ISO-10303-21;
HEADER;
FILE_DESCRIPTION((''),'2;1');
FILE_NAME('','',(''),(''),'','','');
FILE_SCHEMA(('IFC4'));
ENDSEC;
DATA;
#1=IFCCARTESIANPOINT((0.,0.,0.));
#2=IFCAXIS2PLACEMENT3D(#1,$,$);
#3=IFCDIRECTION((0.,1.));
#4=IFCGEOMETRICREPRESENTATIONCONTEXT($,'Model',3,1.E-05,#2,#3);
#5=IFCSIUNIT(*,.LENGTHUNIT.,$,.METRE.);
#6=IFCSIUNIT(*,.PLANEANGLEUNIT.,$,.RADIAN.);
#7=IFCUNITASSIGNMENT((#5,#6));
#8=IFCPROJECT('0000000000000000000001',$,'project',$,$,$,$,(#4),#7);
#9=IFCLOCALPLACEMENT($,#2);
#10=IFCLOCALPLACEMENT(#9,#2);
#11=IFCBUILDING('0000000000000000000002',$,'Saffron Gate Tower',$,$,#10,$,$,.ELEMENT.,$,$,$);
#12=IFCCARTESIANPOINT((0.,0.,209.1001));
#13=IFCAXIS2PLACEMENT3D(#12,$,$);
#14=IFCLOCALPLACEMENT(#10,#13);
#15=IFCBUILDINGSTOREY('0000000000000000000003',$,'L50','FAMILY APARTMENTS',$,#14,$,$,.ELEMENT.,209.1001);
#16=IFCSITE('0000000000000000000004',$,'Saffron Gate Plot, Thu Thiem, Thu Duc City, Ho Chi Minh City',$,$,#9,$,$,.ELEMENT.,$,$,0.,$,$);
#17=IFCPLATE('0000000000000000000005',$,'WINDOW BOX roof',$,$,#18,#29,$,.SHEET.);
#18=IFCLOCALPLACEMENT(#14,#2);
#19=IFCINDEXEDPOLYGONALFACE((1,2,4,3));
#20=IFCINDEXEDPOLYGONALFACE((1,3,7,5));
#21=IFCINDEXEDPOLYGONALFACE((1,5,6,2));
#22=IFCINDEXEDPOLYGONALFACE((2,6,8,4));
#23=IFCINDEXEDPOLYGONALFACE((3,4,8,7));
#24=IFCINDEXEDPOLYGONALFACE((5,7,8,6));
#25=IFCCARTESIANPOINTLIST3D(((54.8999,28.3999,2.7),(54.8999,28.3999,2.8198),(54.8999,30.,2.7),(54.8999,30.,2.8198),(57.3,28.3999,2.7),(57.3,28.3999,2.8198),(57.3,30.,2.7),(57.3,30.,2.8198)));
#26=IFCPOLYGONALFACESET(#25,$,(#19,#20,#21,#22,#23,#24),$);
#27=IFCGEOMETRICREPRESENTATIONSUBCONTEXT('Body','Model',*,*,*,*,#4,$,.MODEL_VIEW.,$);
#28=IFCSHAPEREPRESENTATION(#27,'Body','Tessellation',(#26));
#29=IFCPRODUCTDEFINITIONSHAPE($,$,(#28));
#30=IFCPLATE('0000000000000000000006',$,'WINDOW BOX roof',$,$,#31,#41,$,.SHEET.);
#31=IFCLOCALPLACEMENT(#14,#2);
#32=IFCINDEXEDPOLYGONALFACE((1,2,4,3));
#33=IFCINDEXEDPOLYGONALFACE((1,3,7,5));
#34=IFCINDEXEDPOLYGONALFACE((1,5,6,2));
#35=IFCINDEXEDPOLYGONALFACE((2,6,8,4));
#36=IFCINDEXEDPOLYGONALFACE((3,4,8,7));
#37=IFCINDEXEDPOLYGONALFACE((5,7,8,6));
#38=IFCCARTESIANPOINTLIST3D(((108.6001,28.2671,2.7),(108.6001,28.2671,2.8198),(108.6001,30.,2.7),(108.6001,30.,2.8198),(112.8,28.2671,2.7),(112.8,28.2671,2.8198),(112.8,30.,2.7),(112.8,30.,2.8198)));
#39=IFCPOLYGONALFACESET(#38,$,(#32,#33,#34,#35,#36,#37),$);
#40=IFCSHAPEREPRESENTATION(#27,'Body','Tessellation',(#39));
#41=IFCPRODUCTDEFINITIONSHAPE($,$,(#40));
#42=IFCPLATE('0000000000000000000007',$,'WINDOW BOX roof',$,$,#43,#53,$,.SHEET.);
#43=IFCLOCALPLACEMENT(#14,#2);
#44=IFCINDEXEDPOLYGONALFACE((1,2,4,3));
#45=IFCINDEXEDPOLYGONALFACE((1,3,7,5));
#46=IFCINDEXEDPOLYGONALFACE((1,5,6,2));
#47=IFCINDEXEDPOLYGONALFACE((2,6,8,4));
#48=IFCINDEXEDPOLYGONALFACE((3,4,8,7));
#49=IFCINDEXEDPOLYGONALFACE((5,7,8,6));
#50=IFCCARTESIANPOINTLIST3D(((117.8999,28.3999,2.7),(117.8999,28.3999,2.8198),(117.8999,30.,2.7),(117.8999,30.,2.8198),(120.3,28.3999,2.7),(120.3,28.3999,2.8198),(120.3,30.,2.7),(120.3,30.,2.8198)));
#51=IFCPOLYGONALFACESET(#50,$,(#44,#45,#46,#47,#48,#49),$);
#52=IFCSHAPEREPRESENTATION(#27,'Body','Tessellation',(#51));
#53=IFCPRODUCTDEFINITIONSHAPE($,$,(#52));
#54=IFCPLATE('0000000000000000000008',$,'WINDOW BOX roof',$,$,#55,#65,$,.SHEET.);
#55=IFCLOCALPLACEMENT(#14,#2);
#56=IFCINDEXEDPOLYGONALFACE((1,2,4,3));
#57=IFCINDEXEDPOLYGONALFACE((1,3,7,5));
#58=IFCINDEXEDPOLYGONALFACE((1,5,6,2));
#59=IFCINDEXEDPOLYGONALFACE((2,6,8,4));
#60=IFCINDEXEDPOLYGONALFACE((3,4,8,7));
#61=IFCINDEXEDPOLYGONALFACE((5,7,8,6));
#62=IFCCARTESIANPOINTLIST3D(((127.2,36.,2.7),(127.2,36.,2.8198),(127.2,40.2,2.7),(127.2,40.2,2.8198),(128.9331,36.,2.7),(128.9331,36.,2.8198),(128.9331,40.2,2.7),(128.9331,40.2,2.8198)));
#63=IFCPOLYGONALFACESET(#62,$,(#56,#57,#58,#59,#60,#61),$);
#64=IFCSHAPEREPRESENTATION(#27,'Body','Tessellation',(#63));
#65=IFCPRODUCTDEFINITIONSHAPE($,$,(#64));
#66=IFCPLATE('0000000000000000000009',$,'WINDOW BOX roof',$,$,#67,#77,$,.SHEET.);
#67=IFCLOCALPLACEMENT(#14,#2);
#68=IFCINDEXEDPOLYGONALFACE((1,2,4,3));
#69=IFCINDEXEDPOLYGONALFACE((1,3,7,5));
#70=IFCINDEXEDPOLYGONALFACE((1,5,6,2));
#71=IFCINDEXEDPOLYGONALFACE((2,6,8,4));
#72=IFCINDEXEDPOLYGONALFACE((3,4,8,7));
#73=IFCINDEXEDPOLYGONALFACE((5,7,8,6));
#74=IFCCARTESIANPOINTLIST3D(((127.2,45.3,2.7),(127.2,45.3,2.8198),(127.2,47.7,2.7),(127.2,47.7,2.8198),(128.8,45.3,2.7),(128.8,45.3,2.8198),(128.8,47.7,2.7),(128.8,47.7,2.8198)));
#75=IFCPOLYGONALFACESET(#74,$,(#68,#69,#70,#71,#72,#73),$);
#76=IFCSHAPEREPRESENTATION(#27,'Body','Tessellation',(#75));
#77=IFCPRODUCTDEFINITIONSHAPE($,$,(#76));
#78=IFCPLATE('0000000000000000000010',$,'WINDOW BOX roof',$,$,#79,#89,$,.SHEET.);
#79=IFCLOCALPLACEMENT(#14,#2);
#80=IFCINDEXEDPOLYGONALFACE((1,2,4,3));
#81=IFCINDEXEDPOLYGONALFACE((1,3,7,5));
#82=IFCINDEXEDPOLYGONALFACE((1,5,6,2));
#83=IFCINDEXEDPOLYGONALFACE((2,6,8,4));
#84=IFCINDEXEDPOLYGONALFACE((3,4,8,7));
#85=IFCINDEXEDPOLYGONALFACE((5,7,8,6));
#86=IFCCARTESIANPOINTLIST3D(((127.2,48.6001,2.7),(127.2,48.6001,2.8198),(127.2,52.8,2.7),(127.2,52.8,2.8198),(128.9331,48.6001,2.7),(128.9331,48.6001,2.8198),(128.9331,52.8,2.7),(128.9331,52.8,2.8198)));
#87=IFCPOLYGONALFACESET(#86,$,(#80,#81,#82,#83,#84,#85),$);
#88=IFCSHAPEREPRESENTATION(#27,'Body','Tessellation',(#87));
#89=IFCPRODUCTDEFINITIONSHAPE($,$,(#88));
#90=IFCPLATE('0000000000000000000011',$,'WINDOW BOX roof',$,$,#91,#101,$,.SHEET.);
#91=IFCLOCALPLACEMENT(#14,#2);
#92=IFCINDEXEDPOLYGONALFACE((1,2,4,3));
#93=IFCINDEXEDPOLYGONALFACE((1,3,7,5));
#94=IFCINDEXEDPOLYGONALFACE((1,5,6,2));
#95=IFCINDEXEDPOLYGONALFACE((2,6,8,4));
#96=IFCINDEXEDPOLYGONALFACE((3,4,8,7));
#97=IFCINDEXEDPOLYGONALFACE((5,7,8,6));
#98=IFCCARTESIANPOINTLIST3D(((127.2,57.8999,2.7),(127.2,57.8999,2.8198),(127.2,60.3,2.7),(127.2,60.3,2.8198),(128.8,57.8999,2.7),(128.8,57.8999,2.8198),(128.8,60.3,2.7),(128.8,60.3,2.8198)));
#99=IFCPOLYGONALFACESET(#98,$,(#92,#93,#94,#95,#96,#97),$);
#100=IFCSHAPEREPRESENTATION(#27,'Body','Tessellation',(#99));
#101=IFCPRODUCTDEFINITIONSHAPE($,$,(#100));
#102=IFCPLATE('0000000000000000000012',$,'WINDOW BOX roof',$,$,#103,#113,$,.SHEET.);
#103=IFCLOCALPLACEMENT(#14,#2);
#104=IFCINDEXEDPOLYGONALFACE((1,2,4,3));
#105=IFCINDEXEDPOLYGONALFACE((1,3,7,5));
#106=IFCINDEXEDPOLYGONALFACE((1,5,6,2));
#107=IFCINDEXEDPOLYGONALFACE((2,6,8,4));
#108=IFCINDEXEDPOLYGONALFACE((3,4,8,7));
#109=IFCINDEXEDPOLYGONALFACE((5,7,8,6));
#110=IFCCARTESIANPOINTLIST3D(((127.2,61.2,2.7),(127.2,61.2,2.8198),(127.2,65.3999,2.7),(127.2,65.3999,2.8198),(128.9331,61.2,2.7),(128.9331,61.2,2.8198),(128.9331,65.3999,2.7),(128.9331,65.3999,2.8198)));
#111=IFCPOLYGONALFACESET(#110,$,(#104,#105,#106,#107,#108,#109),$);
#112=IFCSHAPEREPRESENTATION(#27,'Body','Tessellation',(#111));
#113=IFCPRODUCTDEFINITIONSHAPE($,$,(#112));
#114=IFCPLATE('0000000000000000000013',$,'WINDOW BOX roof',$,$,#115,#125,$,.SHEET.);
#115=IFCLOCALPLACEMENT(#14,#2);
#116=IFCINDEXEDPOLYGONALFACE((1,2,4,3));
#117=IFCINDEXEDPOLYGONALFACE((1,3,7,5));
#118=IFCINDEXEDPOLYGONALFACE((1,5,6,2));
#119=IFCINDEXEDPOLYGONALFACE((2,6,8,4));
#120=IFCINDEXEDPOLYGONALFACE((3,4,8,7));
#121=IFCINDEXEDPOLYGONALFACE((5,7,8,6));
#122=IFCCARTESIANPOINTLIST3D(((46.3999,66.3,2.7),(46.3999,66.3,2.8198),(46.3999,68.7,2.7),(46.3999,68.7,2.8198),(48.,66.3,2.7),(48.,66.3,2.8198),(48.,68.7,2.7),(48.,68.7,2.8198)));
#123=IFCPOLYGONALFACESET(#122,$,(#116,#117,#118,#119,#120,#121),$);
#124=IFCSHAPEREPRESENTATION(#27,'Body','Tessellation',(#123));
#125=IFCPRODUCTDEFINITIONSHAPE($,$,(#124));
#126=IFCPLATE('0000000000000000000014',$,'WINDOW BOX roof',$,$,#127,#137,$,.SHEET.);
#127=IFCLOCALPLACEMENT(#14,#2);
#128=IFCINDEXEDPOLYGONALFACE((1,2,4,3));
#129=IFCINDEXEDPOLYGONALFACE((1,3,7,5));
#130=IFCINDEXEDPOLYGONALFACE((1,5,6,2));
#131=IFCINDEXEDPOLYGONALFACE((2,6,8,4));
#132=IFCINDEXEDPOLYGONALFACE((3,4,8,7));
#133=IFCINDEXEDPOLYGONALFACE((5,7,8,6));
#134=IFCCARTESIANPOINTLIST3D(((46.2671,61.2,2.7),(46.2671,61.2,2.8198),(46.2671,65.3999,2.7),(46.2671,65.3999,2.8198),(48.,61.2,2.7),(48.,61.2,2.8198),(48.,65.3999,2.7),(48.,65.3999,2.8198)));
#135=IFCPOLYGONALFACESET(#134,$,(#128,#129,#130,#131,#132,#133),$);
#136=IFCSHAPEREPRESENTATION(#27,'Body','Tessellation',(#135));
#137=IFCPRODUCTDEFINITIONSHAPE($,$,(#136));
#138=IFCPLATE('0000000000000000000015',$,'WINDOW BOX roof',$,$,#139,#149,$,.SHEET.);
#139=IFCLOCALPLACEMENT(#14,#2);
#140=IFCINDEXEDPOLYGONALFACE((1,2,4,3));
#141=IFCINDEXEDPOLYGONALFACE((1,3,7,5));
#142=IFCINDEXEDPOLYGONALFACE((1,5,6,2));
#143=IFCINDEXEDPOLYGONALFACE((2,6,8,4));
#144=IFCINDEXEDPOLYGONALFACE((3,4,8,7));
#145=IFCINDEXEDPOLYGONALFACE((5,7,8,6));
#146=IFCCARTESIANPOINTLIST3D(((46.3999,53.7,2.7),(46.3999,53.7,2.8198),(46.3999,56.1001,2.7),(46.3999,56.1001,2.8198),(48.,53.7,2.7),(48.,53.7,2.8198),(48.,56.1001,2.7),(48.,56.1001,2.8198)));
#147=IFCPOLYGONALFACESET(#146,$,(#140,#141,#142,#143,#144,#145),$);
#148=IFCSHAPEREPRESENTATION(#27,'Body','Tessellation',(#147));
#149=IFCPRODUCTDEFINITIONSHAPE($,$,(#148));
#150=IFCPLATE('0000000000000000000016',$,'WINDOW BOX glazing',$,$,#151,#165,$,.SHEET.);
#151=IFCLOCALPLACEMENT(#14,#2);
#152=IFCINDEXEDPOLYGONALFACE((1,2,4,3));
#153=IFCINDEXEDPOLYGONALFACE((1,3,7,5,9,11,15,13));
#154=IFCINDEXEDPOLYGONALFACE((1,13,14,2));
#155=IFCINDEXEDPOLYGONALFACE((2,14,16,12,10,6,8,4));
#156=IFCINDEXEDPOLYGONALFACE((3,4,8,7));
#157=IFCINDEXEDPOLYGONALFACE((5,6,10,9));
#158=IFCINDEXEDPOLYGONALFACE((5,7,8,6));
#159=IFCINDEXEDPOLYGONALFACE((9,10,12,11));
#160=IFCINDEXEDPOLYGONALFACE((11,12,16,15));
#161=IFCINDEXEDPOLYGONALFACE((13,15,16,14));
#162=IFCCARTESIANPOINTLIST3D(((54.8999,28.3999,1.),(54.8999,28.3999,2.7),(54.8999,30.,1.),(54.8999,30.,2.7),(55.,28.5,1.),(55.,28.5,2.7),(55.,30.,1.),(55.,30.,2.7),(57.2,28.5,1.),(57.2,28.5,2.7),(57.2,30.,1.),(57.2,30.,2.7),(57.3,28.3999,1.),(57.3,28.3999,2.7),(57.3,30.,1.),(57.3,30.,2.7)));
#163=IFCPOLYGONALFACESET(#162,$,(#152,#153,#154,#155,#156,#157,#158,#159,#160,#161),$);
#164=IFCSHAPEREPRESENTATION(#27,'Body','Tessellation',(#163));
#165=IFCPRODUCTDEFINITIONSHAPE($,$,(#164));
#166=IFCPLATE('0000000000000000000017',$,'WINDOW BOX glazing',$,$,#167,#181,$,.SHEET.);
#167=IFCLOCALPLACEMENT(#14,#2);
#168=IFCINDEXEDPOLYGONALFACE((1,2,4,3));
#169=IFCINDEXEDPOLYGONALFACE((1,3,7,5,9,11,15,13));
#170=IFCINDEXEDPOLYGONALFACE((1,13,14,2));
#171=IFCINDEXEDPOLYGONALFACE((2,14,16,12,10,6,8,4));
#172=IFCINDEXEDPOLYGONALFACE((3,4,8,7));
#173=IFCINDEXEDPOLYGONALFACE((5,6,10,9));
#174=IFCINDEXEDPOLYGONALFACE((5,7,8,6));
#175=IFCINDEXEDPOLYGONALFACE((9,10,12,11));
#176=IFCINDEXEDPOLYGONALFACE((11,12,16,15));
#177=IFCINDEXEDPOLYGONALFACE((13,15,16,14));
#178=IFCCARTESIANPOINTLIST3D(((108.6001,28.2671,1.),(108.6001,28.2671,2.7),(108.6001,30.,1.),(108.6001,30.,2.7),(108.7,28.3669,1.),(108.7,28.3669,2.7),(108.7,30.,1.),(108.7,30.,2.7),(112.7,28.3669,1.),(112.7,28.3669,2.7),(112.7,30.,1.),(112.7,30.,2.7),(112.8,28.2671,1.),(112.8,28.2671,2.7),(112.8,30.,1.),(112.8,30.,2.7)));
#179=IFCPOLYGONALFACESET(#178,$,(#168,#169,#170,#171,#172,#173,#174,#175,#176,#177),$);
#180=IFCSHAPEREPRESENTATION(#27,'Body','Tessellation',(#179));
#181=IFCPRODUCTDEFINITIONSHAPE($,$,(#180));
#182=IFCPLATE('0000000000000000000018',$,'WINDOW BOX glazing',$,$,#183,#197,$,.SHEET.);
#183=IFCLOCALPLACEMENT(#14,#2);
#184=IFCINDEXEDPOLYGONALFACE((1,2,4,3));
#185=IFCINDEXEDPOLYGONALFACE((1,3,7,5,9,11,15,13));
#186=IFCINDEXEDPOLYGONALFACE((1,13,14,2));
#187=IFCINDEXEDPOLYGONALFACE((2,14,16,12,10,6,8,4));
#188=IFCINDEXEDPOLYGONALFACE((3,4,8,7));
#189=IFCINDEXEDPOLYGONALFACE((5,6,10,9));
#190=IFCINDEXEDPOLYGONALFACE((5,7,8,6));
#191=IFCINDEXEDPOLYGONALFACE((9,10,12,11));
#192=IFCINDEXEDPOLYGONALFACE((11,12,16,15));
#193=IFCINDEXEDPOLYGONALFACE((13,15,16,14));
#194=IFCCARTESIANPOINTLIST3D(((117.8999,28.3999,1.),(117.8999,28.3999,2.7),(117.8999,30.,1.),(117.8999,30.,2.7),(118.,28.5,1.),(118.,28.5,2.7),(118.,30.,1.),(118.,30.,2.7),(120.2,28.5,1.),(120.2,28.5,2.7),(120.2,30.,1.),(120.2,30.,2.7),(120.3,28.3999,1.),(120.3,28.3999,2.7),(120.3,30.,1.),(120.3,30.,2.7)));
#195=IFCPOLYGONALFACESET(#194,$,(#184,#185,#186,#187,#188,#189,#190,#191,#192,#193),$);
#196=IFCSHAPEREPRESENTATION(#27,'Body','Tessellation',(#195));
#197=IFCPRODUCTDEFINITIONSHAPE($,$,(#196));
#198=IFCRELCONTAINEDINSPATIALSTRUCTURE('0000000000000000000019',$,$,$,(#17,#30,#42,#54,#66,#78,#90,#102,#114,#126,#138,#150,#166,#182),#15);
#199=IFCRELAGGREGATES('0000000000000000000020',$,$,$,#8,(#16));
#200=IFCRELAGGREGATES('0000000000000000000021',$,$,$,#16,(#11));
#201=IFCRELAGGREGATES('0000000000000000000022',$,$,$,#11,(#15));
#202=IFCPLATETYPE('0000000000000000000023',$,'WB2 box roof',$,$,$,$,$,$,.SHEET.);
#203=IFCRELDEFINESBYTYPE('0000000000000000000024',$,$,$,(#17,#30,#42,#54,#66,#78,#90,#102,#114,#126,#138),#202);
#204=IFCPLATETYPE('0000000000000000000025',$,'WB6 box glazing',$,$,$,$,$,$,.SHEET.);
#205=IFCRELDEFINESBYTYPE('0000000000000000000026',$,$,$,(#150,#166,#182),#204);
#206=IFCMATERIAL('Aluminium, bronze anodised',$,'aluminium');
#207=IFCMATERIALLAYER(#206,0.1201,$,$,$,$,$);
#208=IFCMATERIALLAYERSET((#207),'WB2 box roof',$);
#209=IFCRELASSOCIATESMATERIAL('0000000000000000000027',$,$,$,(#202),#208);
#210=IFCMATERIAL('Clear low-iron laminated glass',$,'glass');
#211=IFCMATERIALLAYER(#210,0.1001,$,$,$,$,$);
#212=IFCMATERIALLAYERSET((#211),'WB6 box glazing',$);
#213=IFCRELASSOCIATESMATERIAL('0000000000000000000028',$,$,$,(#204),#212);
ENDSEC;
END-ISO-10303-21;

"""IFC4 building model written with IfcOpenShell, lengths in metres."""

from ifc_helpers import new_model, si_unit, direction, frame, origin, place, context, subcontext, project, spatial, polyline, outline, extrude, material, layer, layer_set, type_object, element, save


model = new_model("IFC4")

# Units and contexts
model_context = context("Model", 3, precision=1e-05, world=origin(), true_north=direction((0.0, 1.0)))
body_context = subcontext(model_context, "Body", "Model", "MODEL_VIEW")
ifc_project = project(units=[si_unit("LENGTHUNIT", "METRE"), si_unit("PLANEANGLEUNIT", "RADIAN")], contexts=[model_context])

# Site, building, storey
site_placement = place(None, origin())
site = spatial("IfcSite", under=ifc_project, at=site_placement, Name="Saffron Gate Plot, Thu Thiem, Thu Duc City, Ho Chi Minh City", CompositionType="ELEMENT", RefElevation=0.0)
building_placement = place(site_placement, origin())
building = spatial("IfcBuilding", under=site, at=building_placement, Name="Saffron Gate Tower", CompositionType="ELEMENT")
storey_placement = place(building_placement, frame((0.0, 0.0, 209.1001)))
storey = spatial("IfcBuildingStorey", under=building, at=storey_placement, Name="L50", Description="FAMILY APARTMENTS", CompositionType="ELEMENT", Elevation=209.1001)

# Plates
ifc_material_1 = material(Name="Aluminium, bronze anodised", Category="aluminium")
ifc_layer_1 = layer(ifc_material_1, 0.1201)
ifc_layer_set_1 = layer_set([ifc_layer_1], Name="WB2 box roof")
plate_type_1 = type_object("IfcPlateType", Name="WB2 box roof", PredefinedType="SHEET", material=ifc_layer_set_1)
plate_1_placement = place(storey_placement, frame((0.0, 0.0, 2.7)))
element("IfcPlate", 1, at=plate_1_placement, inside=storey, type_object=plate_type_1, Name="WINDOW BOX roof", PredefinedType="SHEET", context=body_context, shape_type="SweptSolid", body=[
    extrude(outline(polyline([(54.8999, 30.0), (57.3, 30.0), (57.3, 28.3999), (54.8999, 28.3999), (54.8999, 30.0)])), origin(), (0.0, 0.0, 1.0), 0.1199),
])
plate_2_placement = place(storey_placement, frame((0.0, 0.0, 2.7)))
element("IfcPlate", 2, at=plate_2_placement, inside=storey, type_object=plate_type_1, Name="WINDOW BOX roof", PredefinedType="SHEET", context=body_context, shape_type="SweptSolid", body=[
    extrude(outline(polyline([(108.6001, 30.0), (112.8, 30.0), (112.8, 28.2671), (108.6001, 28.2671), (108.6001, 30.0)])), origin(), (0.0, 0.0, 1.0), 0.1199),
])
plate_3_placement = place(storey_placement, frame((0.0, 0.0, 2.7)))
element("IfcPlate", 3, at=plate_3_placement, inside=storey, type_object=plate_type_1, Name="WINDOW BOX roof", PredefinedType="SHEET", context=body_context, shape_type="SweptSolid", body=[
    extrude(outline(polyline([(117.8999, 30.0), (120.3, 30.0), (120.3, 28.3999), (117.8999, 28.3999), (117.8999, 30.0)])), origin(), (0.0, 0.0, 1.0), 0.1199),
])
plate_4_placement = place(storey_placement, frame((0.0, 0.0, 2.7)))
element("IfcPlate", 4, at=plate_4_placement, inside=storey, type_object=plate_type_1, Name="WINDOW BOX roof", PredefinedType="SHEET", context=body_context, shape_type="SweptSolid", body=[
    extrude(outline(polyline([(127.2, 36.0), (127.2, 40.2), (128.9331, 40.2), (128.9331, 36.0), (127.2, 36.0)])), origin(), (0.0, 0.0, 1.0), 0.1199),
])
plate_5_placement = place(storey_placement, frame((0.0, 0.0, 2.7)))
element("IfcPlate", 5, at=plate_5_placement, inside=storey, type_object=plate_type_1, Name="WINDOW BOX roof", PredefinedType="SHEET", context=body_context, shape_type="SweptSolid", body=[
    extrude(outline(polyline([(127.2, 45.3), (127.2, 47.7), (128.8, 47.7), (128.8, 45.3), (127.2, 45.3)])), origin(), (0.0, 0.0, 1.0), 0.1199),
])
plate_6_placement = place(storey_placement, frame((0.0, 0.0, 2.7)))
element("IfcPlate", 6, at=plate_6_placement, inside=storey, type_object=plate_type_1, Name="WINDOW BOX roof", PredefinedType="SHEET", context=body_context, shape_type="SweptSolid", body=[
    extrude(outline(polyline([(127.2, 48.6001), (127.2, 52.8), (128.9331, 52.8), (128.9331, 48.6001), (127.2, 48.6001)])), origin(), (0.0, 0.0, 1.0), 0.1199),
])
plate_7_placement = place(storey_placement, frame((0.0, 0.0, 2.7)))
element("IfcPlate", 7, at=plate_7_placement, inside=storey, type_object=plate_type_1, Name="WINDOW BOX roof", PredefinedType="SHEET", context=body_context, shape_type="SweptSolid", body=[
    extrude(outline(polyline([(127.2, 57.8999), (127.2, 60.3), (128.8, 60.3), (128.8, 57.8999), (127.2, 57.8999)])), origin(), (0.0, 0.0, 1.0), 0.1199),
])
plate_8_placement = place(storey_placement, frame((0.0, 0.0, 2.7)))
element("IfcPlate", 8, at=plate_8_placement, inside=storey, type_object=plate_type_1, Name="WINDOW BOX roof", PredefinedType="SHEET", context=body_context, shape_type="SweptSolid", body=[
    extrude(outline(polyline([(127.2, 61.2), (127.2, 65.3999), (128.9331, 65.3999), (128.9331, 61.2), (127.2, 61.2)])), origin(), (0.0, 0.0, 1.0), 0.1199),
])
plate_9_placement = place(storey_placement, frame((0.0, 0.0, 2.7)))
element("IfcPlate", 9, at=plate_9_placement, inside=storey, type_object=plate_type_1, Name="WINDOW BOX roof", PredefinedType="SHEET", context=body_context, shape_type="SweptSolid", body=[
    extrude(outline(polyline([(48.0, 68.7), (48.0, 66.3), (46.3999, 66.3), (46.3999, 68.7), (48.0, 68.7)])), origin(), (0.0, 0.0, 1.0), 0.1199),
])
plate_10_placement = place(storey_placement, frame((0.0, 0.0, 2.7)))
element("IfcPlate", 10, at=plate_10_placement, inside=storey, type_object=plate_type_1, Name="WINDOW BOX roof", PredefinedType="SHEET", context=body_context, shape_type="SweptSolid", body=[
    extrude(outline(polyline([(48.0, 65.3999), (48.0, 61.2), (46.2671, 61.2), (46.2671, 65.3999), (48.0, 65.3999)])), origin(), (0.0, 0.0, 1.0), 0.1199),
])
plate_11_placement = place(storey_placement, frame((0.0, 0.0, 2.7)))
element("IfcPlate", 11, at=plate_11_placement, inside=storey, type_object=plate_type_1, Name="WINDOW BOX roof", PredefinedType="SHEET", context=body_context, shape_type="SweptSolid", body=[
    extrude(outline(polyline([(48.0, 56.1001), (48.0, 53.7), (46.3999, 53.7), (46.3999, 56.1001), (48.0, 56.1001)])), origin(), (0.0, 0.0, 1.0), 0.1199),
])
ifc_material_2 = material(Name="Clear low-iron laminated glass", Category="glass")
ifc_layer_2 = layer(ifc_material_2, 0.1001)
ifc_layer_set_2 = layer_set([ifc_layer_2], Name="WB6 box glazing")
plate_type_2 = type_object("IfcPlateType", Name="WB6 box glazing", PredefinedType="SHEET", material=ifc_layer_set_2)
plate_12_placement = place(storey_placement, frame((0.0, 0.0, 1.0)))
element("IfcPlate", 12, at=plate_12_placement, inside=storey, type_object=plate_type_2, Name="WINDOW BOX glazing", PredefinedType="SHEET", context=body_context, shape_type="SweptSolid", body=[
    extrude(outline(polyline([(54.8999, 30.0), (55.0, 30.0), (55.0, 28.5), (57.2, 28.5), (57.2, 30.0), (57.3, 30.0), (57.3, 28.3999), (54.8999, 28.3999), (54.8999, 30.0)])), origin(), (0.0, 0.0, 1.0), 1.7),
])
plate_13_placement = place(storey_placement, frame((0.0, 0.0, 1.0)))
element("IfcPlate", 13, at=plate_13_placement, inside=storey, type_object=plate_type_2, Name="WINDOW BOX glazing", PredefinedType="SHEET", context=body_context, shape_type="SweptSolid", body=[
    extrude(outline(polyline([(108.6001, 30.0), (108.7, 30.0), (108.7, 28.3669), (112.7, 28.3669), (112.7, 30.0), (112.8, 30.0), (112.8, 28.2671), (108.6001, 28.2671), (108.6001, 30.0)])), origin(), (0.0, 0.0, 1.0), 1.7),
])
plate_14_placement = place(storey_placement, frame((0.0, 0.0, 1.0)))
element("IfcPlate", 14, at=plate_14_placement, inside=storey, type_object=plate_type_2, Name="WINDOW BOX glazing", PredefinedType="SHEET", context=body_context, shape_type="SweptSolid", body=[
    extrude(outline(polyline([(117.8999, 30.0), (118.0, 30.0), (118.0, 28.5), (120.2, 28.5), (120.2, 30.0), (120.3, 30.0), (120.3, 28.3999), (117.8999, 28.3999), (117.8999, 30.0)])), origin(), (0.0, 0.0, 1.0), 1.7),
])

save(model, "model.ifc")
